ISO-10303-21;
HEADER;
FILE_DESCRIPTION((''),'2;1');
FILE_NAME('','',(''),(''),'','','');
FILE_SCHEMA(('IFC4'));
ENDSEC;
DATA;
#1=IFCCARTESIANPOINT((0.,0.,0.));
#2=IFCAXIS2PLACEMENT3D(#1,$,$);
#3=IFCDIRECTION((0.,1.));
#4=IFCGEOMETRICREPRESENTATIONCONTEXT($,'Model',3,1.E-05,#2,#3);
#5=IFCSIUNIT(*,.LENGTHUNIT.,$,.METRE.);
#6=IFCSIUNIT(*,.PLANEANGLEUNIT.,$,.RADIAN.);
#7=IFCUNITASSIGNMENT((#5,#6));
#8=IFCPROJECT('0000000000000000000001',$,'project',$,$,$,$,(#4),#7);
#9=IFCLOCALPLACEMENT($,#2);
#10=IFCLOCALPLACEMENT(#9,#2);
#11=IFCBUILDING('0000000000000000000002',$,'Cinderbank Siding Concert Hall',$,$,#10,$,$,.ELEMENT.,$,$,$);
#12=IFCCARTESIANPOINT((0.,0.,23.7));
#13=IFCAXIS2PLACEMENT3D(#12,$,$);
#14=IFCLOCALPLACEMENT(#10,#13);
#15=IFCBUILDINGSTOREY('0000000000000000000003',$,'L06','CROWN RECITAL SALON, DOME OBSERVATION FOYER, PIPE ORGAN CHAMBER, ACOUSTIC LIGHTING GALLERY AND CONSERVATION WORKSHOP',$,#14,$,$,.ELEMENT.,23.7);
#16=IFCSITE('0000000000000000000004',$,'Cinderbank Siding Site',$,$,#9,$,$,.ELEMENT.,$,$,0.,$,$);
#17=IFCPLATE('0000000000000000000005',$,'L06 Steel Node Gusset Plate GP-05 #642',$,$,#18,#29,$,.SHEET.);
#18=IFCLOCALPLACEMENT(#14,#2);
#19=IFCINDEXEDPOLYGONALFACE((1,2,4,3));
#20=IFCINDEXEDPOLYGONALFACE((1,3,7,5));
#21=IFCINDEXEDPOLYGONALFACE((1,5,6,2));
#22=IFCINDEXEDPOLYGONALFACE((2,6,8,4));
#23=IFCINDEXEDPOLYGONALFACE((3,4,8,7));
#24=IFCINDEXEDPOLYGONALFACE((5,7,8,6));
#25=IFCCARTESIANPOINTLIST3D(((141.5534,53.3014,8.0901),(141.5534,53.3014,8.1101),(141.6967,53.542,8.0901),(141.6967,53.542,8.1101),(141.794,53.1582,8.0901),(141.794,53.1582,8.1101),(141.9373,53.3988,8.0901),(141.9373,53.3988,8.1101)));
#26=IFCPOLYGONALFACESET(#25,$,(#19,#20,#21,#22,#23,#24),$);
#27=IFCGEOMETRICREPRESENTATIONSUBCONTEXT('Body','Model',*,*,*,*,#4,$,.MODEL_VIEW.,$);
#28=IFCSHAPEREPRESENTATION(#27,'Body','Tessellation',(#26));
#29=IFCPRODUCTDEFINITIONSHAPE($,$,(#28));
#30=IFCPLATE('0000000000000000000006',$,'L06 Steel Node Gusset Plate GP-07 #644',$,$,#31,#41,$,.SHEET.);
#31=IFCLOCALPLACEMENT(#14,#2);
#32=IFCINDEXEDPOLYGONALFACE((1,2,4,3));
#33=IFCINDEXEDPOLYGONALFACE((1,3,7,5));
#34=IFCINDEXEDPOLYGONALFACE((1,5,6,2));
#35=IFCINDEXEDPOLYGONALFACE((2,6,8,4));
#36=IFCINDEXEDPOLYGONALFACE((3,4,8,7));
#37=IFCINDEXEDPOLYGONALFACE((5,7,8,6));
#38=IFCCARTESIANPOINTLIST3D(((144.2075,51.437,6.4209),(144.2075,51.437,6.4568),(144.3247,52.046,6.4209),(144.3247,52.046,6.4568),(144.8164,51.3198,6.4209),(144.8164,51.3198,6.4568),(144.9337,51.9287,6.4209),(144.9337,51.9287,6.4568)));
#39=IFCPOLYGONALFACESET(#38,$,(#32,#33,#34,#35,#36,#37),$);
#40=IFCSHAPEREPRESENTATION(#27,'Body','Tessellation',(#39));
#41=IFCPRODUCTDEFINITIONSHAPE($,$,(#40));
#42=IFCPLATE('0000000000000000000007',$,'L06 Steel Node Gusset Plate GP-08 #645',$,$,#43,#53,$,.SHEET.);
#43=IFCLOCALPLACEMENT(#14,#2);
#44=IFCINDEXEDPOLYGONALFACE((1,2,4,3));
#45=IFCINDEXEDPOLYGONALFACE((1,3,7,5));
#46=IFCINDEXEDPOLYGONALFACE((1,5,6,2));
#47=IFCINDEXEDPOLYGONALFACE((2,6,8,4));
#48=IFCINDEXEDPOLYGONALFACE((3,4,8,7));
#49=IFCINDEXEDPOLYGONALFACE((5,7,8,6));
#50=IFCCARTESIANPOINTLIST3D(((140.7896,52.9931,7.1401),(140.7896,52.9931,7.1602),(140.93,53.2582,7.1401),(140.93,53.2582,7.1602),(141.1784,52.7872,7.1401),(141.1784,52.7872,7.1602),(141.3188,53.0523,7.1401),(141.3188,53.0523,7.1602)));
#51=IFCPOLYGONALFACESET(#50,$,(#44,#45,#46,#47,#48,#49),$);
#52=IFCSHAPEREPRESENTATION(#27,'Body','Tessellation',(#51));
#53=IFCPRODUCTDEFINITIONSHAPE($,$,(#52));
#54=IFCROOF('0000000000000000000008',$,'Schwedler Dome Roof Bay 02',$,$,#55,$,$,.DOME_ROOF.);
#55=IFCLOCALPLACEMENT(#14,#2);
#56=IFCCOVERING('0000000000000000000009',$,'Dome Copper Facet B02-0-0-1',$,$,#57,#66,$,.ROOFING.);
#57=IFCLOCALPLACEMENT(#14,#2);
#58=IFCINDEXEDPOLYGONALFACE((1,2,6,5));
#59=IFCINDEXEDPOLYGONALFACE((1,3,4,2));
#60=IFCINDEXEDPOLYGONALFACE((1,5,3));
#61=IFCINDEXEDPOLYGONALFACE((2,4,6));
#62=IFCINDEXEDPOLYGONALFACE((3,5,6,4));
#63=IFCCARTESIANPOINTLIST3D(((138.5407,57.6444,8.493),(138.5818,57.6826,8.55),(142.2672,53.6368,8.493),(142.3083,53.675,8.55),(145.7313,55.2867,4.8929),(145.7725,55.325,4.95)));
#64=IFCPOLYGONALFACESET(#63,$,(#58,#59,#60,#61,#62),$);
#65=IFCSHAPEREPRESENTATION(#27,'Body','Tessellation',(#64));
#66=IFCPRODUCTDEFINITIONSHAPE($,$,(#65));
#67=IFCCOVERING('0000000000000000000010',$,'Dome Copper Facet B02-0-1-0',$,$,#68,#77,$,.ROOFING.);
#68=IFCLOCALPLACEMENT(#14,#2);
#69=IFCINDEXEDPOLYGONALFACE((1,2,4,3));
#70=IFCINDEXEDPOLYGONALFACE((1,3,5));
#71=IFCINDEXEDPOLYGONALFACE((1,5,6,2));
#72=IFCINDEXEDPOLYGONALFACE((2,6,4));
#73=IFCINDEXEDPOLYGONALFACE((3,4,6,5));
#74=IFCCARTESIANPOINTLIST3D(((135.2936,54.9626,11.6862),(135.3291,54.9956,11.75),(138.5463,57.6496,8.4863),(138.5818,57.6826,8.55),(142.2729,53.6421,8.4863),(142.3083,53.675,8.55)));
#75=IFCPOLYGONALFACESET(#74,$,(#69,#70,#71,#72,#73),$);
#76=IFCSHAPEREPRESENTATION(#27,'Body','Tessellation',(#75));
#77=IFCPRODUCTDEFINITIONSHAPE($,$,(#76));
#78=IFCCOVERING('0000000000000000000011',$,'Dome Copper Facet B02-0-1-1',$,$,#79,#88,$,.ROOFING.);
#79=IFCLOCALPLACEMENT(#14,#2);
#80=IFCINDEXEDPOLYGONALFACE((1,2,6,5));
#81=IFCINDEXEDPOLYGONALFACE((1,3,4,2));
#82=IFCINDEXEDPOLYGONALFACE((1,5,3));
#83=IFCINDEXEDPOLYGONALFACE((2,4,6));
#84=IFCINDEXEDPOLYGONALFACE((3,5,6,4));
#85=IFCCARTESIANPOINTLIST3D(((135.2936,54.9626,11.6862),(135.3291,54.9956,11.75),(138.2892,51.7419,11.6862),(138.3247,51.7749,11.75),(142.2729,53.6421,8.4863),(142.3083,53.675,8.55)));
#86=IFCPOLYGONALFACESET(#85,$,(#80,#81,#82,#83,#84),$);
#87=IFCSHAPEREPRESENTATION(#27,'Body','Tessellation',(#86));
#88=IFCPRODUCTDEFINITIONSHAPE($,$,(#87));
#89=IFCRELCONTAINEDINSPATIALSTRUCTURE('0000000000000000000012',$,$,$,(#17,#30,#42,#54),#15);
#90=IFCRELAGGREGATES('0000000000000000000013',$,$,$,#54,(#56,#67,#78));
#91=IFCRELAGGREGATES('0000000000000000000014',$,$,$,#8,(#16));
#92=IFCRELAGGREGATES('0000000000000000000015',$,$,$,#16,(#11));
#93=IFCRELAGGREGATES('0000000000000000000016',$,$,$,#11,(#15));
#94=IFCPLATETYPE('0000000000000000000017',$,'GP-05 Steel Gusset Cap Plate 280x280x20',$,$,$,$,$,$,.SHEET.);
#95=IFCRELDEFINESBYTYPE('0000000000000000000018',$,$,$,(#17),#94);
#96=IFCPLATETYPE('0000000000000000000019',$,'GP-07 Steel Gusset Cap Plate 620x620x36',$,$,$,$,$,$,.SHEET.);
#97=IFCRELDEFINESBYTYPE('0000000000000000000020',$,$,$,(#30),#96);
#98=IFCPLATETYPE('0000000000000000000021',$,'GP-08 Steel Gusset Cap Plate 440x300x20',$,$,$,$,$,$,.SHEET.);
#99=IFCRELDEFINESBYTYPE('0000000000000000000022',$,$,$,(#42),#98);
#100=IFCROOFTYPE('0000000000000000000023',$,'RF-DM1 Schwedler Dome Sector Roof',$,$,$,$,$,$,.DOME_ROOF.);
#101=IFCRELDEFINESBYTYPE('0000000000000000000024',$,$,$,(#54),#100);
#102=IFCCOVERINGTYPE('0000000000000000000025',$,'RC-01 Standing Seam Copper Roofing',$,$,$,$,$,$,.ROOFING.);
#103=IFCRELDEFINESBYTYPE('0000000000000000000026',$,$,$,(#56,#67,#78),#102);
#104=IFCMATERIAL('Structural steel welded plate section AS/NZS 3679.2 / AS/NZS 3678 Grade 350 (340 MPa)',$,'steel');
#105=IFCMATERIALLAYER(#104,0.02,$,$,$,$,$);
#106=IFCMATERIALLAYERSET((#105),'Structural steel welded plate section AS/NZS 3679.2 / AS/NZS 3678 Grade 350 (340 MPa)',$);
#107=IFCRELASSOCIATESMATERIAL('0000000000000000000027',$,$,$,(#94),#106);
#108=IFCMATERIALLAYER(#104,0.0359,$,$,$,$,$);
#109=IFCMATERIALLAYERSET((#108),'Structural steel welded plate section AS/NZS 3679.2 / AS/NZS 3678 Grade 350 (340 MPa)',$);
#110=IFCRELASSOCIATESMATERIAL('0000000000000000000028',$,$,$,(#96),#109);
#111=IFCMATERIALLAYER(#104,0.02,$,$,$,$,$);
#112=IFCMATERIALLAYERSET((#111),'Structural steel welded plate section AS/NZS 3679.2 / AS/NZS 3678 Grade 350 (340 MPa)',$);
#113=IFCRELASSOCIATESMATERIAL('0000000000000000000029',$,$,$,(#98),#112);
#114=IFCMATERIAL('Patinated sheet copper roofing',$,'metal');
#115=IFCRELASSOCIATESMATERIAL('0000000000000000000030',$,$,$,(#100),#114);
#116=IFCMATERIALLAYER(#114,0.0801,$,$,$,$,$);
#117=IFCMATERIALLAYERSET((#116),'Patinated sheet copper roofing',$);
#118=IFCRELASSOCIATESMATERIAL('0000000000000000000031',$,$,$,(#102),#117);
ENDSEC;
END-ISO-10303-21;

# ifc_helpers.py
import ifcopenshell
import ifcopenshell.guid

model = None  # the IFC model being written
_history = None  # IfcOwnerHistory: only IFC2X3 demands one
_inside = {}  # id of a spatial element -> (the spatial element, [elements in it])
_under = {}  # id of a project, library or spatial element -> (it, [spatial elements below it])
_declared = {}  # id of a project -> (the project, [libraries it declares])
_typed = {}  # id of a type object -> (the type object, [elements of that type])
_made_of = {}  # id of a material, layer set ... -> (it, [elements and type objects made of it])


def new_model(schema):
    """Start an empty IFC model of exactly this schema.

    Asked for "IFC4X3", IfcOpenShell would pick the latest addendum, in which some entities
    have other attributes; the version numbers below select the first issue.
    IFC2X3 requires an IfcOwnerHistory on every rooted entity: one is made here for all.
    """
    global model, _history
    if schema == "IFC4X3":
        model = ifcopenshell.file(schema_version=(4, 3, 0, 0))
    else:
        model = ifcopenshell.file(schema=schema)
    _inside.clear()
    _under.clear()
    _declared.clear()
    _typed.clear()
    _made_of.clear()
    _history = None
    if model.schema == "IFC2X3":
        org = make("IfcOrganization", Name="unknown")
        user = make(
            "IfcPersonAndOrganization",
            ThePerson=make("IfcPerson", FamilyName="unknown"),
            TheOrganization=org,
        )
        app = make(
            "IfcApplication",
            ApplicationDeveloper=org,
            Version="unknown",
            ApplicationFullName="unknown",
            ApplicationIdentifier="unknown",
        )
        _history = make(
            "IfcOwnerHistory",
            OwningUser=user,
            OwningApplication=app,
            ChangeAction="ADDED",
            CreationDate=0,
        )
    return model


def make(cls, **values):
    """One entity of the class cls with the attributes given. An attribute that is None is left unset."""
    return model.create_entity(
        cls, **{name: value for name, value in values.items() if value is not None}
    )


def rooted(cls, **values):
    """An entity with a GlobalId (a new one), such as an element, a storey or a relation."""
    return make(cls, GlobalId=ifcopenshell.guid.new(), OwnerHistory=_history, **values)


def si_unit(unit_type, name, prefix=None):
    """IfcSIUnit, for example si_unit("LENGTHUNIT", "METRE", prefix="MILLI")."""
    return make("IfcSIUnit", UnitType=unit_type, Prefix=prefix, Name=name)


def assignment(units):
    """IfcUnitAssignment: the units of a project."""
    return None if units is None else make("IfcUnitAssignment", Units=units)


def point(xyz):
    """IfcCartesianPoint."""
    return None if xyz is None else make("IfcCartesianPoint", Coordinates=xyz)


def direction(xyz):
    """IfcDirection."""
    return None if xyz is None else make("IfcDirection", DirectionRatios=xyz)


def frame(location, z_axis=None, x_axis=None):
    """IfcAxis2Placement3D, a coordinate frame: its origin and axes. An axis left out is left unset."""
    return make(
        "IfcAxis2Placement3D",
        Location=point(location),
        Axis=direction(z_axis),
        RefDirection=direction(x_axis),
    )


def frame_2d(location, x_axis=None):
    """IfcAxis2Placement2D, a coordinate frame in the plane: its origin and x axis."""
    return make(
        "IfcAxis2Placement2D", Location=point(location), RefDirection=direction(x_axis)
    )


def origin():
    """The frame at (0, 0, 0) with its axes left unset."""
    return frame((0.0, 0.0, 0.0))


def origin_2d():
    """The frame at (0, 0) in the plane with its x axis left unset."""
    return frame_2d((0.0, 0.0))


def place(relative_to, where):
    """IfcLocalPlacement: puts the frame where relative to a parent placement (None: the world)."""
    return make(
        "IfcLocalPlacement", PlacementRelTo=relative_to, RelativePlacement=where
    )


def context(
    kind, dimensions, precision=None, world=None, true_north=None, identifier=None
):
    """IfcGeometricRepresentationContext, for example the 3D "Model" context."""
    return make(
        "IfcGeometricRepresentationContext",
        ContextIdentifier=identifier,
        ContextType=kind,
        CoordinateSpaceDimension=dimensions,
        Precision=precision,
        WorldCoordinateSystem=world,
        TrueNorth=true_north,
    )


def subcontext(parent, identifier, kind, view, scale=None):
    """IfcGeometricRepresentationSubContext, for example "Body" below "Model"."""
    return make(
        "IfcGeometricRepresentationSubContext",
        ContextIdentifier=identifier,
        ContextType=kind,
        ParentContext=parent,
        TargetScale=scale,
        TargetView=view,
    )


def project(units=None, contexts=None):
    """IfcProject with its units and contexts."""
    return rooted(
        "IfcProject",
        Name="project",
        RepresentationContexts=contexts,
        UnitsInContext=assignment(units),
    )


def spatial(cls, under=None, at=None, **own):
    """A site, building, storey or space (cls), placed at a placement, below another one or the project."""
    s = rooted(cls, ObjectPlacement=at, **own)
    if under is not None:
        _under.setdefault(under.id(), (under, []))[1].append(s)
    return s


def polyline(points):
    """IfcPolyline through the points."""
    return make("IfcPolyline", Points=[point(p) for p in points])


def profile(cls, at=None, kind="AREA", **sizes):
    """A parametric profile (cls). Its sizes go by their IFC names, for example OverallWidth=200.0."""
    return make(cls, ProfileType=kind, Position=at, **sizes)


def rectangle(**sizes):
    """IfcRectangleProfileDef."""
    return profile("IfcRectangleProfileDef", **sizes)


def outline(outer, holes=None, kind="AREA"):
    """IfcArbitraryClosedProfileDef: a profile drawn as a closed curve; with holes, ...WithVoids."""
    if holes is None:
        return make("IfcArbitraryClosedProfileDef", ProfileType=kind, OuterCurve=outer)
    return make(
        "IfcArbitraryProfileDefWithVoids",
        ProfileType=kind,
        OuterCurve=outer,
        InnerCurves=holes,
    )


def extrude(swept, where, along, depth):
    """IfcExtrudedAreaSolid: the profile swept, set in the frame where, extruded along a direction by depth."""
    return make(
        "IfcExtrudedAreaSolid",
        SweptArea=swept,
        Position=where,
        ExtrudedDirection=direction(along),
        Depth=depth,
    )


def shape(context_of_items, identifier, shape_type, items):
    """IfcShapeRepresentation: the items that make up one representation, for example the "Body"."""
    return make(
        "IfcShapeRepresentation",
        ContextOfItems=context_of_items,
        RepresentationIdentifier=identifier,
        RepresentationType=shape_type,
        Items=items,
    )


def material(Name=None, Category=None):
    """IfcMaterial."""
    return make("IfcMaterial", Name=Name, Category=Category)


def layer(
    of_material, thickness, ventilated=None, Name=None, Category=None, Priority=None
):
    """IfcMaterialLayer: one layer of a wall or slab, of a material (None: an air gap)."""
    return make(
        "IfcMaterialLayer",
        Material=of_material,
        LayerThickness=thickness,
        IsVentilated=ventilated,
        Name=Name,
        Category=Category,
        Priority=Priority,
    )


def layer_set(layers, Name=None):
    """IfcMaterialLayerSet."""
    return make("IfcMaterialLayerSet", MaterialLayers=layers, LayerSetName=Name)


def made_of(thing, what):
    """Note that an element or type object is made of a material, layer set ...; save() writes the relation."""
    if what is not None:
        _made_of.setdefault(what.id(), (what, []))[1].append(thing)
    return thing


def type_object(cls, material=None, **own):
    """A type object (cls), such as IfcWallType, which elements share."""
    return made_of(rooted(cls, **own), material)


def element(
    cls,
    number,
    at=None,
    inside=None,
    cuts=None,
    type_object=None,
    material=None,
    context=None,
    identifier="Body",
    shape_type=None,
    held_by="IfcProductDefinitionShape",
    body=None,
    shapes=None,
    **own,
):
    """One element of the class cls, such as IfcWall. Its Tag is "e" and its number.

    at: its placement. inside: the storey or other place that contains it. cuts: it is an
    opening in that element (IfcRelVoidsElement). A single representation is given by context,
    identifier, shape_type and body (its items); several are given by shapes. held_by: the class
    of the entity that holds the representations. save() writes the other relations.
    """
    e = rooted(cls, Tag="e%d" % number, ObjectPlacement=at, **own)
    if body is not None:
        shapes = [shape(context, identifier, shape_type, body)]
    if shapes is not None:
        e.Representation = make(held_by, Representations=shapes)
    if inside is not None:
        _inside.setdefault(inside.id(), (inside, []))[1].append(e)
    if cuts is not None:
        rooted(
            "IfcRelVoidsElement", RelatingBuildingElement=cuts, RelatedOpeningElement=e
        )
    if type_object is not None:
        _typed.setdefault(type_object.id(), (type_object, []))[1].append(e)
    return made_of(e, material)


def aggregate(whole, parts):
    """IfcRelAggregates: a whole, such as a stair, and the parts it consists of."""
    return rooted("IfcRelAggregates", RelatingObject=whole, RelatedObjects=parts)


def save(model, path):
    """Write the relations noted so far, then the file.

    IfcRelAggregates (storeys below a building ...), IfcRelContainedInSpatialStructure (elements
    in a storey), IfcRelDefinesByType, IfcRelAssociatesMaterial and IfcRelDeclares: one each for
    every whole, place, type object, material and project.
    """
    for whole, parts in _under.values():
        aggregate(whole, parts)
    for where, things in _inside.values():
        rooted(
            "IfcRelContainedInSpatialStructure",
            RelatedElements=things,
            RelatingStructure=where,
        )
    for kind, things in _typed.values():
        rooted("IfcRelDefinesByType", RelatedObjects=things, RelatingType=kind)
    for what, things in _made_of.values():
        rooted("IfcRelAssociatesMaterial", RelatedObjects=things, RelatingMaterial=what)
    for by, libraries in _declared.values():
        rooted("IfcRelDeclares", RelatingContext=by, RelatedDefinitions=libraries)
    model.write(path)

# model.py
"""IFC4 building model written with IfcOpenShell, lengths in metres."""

from ifc_helpers import new_model, si_unit, direction, frame, origin, origin_2d, place, context, subcontext, project, spatial, polyline, rectangle, outline, extrude, material, layer, layer_set, type_object, element, aggregate, save


model = new_model("IFC4")

# Units and contexts
model_context = context("Model", 3, precision=1e-05, world=origin(), true_north=direction((0.0, 1.0)))
body_context = subcontext(model_context, "Body", "Model", "MODEL_VIEW")
ifc_project = project(units=[si_unit("LENGTHUNIT", "METRE"), si_unit("PLANEANGLEUNIT", "RADIAN")], contexts=[model_context])

# Site, building, storey
site_placement = place(None, origin())
site = spatial("IfcSite", under=ifc_project, at=site_placement, Name="Cinderbank Siding Site", CompositionType="ELEMENT", RefElevation=0.0)
building_placement = place(site_placement, origin())
building = spatial("IfcBuilding", under=site, at=building_placement, Name="Cinderbank Siding Concert Hall", CompositionType="ELEMENT")
storey_placement = place(building_placement, frame((0.0, 0.0, 23.7)))
storey = spatial("IfcBuildingStorey", under=building, at=storey_placement, Name="L06", Description="CROWN RECITAL SALON, DOME OBSERVATION FOYER, PIPE ORGAN CHAMBER, ACOUSTIC LIGHTING GALLERY AND CONSERVATION WORKSHOP", CompositionType="ELEMENT", Elevation=23.7)

# Shared definitions
ifc_material_1 = material(Name="Structural steel welded plate section AS/NZS 3679.2 / AS/NZS 3678 Grade 350 (340 MPa)", Category="steel")

# Plates
ifc_layer_1 = layer(ifc_material_1, 0.02)
ifc_layer_set_1 = layer_set([ifc_layer_1], Name="Structural steel welded plate section AS/NZS 3679.2 / AS/NZS 3678 Grade 350 (340 MPa)")
plate_type_1 = type_object("IfcPlateType", Name="GP-05 Steel Gusset Cap Plate 280x280x20", PredefinedType="SHEET", material=ifc_layer_set_1)
plate_1_placement = place(storey_placement, frame((141.7454, 53.3501, 8.0901), z_axis=(0.0, 0.0, 1.0), x_axis=(-0.859228, 0.511593, 0.0)))
element("IfcPlate", 1, at=plate_1_placement, inside=storey, type_object=plate_type_1, Name="L06 Steel Node Gusset Plate GP-05 #642", PredefinedType="SHEET", context=body_context, shape_type="SweptSolid", body=[
    extrude(rectangle(XDim=0.28, YDim=0.28, at=origin_2d()), origin(), (0.0, 0.0, 1.0), 0.02),
])
ifc_layer_2 = layer(ifc_material_1, 0.0359)
ifc_layer_set_2 = layer_set([ifc_layer_2], Name="Structural steel welded plate section AS/NZS 3679.2 / AS/NZS 3678 Grade 350 (340 MPa)")
plate_type_2 = type_object("IfcPlateType", Name="GP-07 Steel Gusset Cap Plate 620x620x36", PredefinedType="SHEET", material=ifc_layer_set_2)
plate_2_placement = place(storey_placement, frame((144.5706, 51.6829, 6.4209), z_axis=(0.0, 0.0, 1.0), x_axis=(-0.189095, -0.981959, 0.0)))
element("IfcPlate", 2, at=plate_2_placement, inside=storey, type_object=plate_type_2, Name="L06 Steel Node Gusset Plate GP-07 #644", PredefinedType="SHEET", context=body_context, shape_type="SweptSolid", body=[
    extrude(rectangle(XDim=0.6201, YDim=0.6201, at=origin_2d()), origin(), (0.0, 0.0, 1.0), 0.0359),
])
ifc_layer_3 = layer(ifc_material_1, 0.02)
ifc_layer_set_3 = layer_set([ifc_layer_3], Name="Structural steel welded plate section AS/NZS 3679.2 / AS/NZS 3678 Grade 350 (340 MPa)")
plate_type_3 = type_object("IfcPlateType", Name="GP-08 Steel Gusset Cap Plate 440x300x20", PredefinedType="SHEET", material=ifc_layer_set_3)
plate_3_placement = place(storey_placement, frame((141.0542, 53.0227, 7.1401), z_axis=(0.0, 0.0, 1.0), x_axis=(-0.883684, 0.468084, 0.0)))
element("IfcPlate", 3, at=plate_3_placement, inside=storey, type_object=plate_type_3, Name="L06 Steel Node Gusset Plate GP-08 #645", PredefinedType="SHEET", context=body_context, shape_type="SweptSolid", body=[
    extrude(rectangle(XDim=0.4399, YDim=0.3, at=origin_2d()), origin(), (0.0, 0.0, 1.0), 0.02),
])

# Roof, coverings
ifc_material_2 = material(Name="Patinated sheet copper roofing", Category="metal")
roof_type = type_object("IfcRoofType", Name="RF-DM1 Schwedler Dome Sector Roof", PredefinedType="DOME_ROOF", material=ifc_material_2)
roof_placement = place(storey_placement, origin())
roof = element("IfcRoof", 4, at=roof_placement, inside=storey, type_object=roof_type, Name="Schwedler Dome Roof Bay 02", PredefinedType="DOME_ROOF")
ifc_layer_4 = layer(ifc_material_2, 0.0801)
ifc_layer_set_4 = layer_set([ifc_layer_4], Name="Patinated sheet copper roofing")
covering_type = type_object("IfcCoveringType", Name="RC-01 Standing Seam Copper Roofing", PredefinedType="ROOFING", material=ifc_layer_set_4)
covering_1_placement = place(storey_placement, frame((145.7725, 55.325, 4.95), z_axis=(0.51351, 0.477503, 0.71295), x_axis=(-0.858071, 0.281343, 0.429604)))
covering_1 = element("IfcCovering", 5, at=covering_1_placement, type_object=covering_type, Name="Dome Copper Facet B02-0-0-1", PredefinedType="ROOFING", context=body_context, shape_type="SweptSolid", body=[
    extrude(outline(polyline([(0.0, 0.0), (8.38, 0.0), (4.0549, 3.3527), (0.0, 0.0)])), origin(), (0.0, 0.0, -1.0), 0.0801),
])
covering_2_placement = place(storey_placement, frame((142.3083, 53.675, 8.55), z_axis=(0.443025, 0.411961, 0.796252), x_axis=(-0.680966, 0.732315, 0.0)))
covering_2 = element("IfcCovering", 6, at=covering_2_placement, type_object=covering_type, Name="Dome Copper Facet B02-0-1-0", PredefinedType="ROOFING", context=body_context, shape_type="SweptSolid", body=[
    extrude(outline(polyline([(0.0, 0.0), (5.4725, 0.0), (5.7197, 5.2895), (0.0, 0.0)])), origin(), (0.0, 0.0, -1.0), 0.0801),
])
covering_3_placement = place(storey_placement, frame((142.3083, 53.675, 8.55), z_axis=(0.443022, 0.412059, 0.796203), x_axis=(-0.895855, 0.169506, 0.410745)))
covering_3 = element("IfcCovering", 7, at=covering_3_placement, type_object=covering_type, Name="Dome Copper Facet B02-0-1-1", PredefinedType="ROOFING", context=body_context, shape_type="SweptSolid", body=[
    extrude(outline(polyline([(0.0, 0.0), (7.7906, 0.0), (4.561, 2.9861), (0.0, 0.0)])), origin(), (0.0, 0.0, -1.0), 0.0801),
])
aggregate(roof, [covering_1, covering_2, covering_3])

save(model, "model.ifc")
